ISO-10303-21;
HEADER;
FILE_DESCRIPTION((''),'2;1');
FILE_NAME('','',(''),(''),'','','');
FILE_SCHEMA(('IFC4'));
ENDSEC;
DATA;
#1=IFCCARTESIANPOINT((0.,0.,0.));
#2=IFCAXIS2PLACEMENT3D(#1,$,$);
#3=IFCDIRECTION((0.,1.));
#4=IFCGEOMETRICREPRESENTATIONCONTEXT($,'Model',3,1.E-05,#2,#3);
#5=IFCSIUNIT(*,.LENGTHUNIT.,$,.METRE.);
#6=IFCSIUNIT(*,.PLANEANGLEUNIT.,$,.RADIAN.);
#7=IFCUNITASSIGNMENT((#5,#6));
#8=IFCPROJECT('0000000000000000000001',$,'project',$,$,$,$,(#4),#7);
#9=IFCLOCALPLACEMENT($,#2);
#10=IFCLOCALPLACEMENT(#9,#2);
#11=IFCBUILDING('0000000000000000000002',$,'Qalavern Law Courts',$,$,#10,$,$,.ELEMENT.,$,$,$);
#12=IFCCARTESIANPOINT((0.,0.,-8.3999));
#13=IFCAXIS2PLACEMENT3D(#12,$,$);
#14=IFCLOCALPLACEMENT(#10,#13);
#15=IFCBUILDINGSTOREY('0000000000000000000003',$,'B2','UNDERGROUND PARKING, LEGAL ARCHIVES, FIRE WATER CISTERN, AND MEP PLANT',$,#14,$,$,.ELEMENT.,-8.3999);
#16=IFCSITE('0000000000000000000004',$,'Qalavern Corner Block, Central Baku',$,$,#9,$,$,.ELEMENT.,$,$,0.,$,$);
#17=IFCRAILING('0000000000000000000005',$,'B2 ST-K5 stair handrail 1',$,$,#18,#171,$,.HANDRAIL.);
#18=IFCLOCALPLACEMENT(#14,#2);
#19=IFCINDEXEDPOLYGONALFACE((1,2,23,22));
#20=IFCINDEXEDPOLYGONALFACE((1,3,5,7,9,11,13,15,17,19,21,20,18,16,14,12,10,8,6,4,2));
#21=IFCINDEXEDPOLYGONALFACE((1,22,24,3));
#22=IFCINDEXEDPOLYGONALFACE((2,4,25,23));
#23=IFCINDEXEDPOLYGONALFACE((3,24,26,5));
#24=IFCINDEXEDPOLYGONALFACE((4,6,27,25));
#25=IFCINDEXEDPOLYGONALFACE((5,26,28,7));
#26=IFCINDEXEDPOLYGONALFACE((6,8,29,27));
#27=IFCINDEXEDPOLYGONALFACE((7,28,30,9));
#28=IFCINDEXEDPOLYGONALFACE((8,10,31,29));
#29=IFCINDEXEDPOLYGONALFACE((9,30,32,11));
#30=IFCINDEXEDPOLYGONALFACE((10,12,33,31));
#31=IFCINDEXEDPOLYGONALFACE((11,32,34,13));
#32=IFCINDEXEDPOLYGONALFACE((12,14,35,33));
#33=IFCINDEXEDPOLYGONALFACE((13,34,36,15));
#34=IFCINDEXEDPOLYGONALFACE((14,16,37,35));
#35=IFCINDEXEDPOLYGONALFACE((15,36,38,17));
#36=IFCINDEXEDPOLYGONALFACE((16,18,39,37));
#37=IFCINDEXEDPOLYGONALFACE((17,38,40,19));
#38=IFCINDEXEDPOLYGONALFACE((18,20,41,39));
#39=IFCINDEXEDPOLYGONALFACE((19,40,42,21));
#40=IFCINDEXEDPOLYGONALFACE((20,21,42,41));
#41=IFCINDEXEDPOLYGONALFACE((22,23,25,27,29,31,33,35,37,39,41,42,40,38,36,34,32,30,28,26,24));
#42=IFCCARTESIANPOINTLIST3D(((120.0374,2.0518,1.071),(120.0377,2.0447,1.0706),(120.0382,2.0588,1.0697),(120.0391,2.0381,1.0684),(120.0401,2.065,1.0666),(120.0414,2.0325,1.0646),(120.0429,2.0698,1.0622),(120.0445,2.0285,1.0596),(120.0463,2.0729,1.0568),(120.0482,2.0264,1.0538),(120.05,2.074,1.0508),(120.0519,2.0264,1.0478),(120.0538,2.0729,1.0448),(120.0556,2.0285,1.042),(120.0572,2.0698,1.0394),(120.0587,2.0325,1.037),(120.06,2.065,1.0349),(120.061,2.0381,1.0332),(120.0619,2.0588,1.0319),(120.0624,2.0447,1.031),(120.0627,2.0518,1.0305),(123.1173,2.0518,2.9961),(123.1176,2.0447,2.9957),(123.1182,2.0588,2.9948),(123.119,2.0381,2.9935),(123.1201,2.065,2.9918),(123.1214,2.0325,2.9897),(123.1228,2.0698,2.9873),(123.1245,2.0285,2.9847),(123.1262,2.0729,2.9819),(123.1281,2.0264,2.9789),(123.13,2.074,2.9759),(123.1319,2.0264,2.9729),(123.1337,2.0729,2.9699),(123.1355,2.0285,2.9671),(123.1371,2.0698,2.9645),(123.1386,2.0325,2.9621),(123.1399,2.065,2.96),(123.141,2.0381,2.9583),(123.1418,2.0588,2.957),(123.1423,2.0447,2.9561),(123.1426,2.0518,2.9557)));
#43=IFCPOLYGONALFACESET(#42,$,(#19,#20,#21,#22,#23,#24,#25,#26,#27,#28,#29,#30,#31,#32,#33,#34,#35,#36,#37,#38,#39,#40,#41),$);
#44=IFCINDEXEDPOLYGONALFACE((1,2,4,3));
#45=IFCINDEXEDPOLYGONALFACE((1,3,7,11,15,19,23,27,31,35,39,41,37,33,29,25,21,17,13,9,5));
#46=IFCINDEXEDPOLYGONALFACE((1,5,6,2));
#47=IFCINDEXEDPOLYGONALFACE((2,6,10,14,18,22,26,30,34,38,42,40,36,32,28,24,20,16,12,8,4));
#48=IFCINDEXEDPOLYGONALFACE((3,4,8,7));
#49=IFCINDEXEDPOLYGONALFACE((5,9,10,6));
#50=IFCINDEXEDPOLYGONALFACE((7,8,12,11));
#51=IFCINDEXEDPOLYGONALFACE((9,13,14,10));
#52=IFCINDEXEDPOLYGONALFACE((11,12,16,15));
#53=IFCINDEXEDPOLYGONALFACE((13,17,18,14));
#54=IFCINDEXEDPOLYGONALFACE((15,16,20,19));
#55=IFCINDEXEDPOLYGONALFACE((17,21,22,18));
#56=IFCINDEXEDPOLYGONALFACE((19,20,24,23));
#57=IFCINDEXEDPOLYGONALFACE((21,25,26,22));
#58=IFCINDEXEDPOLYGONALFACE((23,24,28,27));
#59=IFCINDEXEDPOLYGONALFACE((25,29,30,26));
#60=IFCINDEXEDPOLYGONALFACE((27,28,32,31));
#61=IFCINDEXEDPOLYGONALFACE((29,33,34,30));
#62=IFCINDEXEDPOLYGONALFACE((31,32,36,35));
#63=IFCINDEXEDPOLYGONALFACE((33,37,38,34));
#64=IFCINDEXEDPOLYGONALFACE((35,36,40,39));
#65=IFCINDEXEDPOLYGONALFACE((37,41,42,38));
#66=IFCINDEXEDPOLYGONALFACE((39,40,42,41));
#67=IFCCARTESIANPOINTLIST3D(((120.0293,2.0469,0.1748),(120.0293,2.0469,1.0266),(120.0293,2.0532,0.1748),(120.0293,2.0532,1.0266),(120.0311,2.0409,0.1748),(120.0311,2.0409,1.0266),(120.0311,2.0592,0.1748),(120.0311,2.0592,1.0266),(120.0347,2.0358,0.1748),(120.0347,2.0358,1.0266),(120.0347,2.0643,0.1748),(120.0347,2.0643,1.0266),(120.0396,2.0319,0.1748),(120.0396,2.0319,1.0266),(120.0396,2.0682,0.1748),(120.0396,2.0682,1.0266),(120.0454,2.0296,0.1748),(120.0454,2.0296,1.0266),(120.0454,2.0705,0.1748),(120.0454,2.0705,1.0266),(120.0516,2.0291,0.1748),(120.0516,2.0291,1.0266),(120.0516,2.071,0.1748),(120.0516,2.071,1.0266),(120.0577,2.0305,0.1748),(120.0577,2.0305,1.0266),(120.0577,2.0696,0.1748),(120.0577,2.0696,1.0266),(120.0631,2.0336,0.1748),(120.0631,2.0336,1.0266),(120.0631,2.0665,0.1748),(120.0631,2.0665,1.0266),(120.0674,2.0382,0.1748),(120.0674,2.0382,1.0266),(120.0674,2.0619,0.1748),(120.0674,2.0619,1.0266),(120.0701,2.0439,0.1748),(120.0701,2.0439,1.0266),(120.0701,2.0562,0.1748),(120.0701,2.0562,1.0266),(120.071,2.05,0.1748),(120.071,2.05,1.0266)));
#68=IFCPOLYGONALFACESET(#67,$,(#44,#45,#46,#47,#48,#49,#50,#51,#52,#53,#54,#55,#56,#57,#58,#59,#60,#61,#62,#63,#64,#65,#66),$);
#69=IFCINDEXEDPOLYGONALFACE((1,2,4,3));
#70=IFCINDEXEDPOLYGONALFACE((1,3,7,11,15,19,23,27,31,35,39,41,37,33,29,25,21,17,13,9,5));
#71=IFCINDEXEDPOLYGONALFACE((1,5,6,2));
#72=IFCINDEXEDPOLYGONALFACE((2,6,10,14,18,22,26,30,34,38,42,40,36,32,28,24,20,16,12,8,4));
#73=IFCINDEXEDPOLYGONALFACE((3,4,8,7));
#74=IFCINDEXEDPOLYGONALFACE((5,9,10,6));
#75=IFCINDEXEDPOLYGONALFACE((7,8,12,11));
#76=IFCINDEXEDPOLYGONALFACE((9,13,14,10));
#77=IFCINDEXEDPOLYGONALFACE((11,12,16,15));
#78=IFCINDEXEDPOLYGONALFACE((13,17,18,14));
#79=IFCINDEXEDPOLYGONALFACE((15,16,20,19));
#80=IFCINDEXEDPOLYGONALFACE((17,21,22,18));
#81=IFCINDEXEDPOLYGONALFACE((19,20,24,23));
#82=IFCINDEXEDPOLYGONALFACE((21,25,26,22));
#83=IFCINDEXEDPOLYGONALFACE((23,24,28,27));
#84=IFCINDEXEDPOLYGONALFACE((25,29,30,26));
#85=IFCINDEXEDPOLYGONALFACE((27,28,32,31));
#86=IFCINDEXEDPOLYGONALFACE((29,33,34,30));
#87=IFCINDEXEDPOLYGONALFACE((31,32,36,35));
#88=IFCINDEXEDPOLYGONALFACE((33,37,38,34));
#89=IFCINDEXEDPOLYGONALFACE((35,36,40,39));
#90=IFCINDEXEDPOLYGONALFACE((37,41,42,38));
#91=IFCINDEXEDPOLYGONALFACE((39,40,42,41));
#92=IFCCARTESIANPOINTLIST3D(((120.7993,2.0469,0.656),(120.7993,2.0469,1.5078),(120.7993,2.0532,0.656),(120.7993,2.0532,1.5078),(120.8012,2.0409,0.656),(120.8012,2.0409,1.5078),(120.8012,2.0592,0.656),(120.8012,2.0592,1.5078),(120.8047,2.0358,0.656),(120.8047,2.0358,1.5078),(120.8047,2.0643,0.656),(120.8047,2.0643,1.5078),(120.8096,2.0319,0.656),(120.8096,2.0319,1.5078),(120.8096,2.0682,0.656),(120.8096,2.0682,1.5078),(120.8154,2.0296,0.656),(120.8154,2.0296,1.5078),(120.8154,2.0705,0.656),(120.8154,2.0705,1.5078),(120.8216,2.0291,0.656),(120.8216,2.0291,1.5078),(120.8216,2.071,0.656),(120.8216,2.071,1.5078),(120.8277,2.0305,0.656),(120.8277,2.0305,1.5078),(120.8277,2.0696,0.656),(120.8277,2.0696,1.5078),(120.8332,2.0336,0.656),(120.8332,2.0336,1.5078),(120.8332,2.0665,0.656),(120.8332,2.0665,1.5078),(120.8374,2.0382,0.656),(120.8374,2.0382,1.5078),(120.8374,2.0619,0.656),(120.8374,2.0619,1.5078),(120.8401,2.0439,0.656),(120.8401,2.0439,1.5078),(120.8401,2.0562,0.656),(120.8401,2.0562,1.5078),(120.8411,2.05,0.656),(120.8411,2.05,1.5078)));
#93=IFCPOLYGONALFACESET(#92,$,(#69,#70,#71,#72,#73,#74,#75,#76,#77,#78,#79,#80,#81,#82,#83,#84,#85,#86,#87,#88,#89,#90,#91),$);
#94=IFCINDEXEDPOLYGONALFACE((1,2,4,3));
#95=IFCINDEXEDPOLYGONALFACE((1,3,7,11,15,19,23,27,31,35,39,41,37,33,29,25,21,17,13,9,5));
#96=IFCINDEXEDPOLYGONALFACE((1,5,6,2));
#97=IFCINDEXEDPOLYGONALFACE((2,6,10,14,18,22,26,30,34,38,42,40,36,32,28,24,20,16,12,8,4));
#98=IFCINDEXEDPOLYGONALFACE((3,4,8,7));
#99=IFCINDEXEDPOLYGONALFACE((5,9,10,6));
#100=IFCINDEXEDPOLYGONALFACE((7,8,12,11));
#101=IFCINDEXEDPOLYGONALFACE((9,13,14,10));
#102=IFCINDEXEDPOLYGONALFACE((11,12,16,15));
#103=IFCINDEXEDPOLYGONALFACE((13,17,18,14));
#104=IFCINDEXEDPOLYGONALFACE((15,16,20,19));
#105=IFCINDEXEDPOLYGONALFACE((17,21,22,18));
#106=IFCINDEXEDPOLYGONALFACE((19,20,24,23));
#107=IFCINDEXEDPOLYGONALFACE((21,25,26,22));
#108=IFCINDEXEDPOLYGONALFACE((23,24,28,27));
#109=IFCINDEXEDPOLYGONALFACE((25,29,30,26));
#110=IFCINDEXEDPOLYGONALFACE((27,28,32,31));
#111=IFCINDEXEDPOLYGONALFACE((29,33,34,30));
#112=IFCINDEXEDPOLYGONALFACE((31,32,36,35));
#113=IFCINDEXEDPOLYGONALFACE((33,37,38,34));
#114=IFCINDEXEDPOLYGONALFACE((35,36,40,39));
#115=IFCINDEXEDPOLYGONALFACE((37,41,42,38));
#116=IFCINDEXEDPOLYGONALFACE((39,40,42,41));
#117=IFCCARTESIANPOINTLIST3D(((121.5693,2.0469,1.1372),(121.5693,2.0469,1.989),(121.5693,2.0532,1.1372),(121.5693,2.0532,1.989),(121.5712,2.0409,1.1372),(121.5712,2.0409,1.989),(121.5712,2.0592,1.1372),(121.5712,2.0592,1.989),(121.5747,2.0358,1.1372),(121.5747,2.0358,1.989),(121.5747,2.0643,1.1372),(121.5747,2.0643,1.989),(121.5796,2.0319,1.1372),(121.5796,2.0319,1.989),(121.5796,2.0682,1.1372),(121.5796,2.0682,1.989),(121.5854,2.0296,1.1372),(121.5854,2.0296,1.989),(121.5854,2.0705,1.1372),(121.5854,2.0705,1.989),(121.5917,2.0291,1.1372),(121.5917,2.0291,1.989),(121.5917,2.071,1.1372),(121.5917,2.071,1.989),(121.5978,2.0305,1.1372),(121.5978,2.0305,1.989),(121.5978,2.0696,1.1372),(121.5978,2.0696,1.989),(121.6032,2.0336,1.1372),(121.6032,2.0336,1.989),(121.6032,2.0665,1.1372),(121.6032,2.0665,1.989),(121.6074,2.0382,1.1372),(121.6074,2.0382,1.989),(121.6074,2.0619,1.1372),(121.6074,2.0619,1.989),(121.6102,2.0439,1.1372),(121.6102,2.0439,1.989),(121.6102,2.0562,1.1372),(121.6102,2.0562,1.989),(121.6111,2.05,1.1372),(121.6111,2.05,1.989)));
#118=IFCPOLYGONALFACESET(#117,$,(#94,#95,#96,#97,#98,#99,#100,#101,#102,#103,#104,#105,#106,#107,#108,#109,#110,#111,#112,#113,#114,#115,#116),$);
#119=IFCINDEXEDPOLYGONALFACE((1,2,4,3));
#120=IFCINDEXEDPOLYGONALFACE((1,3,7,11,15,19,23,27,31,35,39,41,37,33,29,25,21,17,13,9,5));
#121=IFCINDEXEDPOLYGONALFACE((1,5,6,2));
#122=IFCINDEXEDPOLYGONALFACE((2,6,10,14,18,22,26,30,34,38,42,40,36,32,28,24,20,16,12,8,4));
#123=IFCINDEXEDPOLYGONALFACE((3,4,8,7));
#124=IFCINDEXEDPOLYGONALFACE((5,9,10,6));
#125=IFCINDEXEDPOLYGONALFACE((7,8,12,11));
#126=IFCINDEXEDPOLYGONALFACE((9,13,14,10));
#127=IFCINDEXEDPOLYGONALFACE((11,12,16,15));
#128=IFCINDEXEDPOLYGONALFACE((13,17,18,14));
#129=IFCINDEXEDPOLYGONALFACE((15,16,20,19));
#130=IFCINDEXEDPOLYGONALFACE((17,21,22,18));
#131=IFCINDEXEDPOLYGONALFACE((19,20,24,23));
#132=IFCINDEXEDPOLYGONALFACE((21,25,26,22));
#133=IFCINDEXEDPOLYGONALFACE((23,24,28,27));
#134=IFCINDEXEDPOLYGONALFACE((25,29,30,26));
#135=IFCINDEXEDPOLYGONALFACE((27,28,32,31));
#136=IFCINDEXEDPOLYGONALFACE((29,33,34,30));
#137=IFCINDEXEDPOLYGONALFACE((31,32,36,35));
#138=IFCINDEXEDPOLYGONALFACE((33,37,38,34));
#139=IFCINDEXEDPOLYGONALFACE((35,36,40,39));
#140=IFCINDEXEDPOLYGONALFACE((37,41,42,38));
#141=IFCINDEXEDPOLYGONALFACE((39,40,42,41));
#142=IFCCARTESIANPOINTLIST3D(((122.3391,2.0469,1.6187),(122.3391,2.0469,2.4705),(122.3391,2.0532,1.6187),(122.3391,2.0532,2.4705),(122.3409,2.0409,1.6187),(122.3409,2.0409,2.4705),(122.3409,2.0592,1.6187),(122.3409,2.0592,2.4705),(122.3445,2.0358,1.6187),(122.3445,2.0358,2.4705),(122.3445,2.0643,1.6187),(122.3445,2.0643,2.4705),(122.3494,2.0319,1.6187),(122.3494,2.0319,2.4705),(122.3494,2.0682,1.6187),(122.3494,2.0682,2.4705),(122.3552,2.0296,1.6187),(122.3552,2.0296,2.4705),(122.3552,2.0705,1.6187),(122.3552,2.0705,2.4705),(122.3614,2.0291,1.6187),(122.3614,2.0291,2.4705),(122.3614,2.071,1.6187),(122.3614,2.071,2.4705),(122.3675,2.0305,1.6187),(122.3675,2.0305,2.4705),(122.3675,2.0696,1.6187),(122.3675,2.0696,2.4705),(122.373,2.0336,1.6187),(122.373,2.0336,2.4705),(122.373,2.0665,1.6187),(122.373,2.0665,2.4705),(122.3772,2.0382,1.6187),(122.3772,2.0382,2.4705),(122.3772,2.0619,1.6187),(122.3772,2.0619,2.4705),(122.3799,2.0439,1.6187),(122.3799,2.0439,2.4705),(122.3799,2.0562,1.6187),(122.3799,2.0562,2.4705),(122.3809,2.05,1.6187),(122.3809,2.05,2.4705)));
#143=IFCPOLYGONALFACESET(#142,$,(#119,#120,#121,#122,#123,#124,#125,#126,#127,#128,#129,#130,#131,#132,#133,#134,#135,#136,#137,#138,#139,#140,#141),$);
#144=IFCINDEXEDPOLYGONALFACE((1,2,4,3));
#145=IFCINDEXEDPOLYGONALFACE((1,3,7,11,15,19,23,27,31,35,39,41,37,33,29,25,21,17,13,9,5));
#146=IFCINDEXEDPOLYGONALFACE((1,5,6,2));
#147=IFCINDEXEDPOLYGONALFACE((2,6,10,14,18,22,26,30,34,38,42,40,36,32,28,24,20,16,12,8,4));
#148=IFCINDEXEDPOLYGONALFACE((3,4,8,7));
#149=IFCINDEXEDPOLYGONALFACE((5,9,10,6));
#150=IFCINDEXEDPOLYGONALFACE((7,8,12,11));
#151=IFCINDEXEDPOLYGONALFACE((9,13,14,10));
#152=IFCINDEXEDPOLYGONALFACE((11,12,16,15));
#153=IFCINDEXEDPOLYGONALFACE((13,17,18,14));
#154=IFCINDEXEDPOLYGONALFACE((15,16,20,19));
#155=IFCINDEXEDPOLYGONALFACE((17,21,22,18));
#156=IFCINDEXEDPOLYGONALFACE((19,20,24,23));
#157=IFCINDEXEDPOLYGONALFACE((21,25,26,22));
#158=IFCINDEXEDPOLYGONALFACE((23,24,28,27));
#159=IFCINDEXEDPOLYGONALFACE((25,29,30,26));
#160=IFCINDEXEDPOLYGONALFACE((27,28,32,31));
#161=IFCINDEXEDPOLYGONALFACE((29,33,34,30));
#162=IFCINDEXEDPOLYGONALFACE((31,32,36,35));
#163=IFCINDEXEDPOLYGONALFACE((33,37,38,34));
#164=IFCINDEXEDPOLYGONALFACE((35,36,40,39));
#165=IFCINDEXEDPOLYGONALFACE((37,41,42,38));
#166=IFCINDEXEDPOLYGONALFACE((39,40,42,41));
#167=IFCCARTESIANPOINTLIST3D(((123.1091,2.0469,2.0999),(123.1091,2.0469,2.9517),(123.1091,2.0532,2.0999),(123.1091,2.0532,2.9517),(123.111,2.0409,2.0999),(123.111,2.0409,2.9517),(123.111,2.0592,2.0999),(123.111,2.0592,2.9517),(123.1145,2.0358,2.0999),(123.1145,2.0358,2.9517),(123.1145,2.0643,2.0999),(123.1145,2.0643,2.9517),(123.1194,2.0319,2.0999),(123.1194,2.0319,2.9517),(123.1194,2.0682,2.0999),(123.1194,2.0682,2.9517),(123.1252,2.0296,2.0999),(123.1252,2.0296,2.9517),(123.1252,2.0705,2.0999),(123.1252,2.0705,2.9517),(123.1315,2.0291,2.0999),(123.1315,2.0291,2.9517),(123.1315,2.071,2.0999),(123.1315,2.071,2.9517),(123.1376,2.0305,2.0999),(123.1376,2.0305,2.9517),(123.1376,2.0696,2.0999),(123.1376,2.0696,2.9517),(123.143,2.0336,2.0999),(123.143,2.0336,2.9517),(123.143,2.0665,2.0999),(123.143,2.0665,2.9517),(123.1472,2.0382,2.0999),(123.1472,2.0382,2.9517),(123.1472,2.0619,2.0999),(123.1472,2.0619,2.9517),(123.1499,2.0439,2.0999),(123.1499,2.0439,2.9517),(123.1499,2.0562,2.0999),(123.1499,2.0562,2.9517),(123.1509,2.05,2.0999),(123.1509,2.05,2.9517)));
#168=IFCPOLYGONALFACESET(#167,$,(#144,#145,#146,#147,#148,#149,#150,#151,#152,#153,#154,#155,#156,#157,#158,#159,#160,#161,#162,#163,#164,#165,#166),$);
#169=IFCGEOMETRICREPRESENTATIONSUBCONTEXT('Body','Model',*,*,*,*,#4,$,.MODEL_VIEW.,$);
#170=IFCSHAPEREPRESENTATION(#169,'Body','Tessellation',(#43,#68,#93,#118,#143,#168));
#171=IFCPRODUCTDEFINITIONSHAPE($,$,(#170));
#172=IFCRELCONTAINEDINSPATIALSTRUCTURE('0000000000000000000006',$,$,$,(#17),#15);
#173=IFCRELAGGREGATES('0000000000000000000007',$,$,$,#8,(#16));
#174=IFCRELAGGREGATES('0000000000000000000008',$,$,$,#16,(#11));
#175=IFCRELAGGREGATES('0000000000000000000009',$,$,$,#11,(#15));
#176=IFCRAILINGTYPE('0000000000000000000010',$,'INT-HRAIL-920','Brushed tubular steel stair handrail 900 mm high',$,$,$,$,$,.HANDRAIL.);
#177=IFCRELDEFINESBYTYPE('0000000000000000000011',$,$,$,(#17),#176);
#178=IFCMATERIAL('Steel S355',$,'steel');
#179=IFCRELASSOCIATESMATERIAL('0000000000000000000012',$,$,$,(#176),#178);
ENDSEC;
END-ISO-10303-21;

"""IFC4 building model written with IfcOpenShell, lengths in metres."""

from ifc_helpers import new_model, si_unit, direction, frame, origin, origin_2d, place, context, subcontext, project, spatial, circle, extrude, material, type_object, element, save


model = new_model("IFC4")

# Units and contexts
model_context = context("Model", 3, precision=1e-05, world=origin(), true_north=direction((0.0, 1.0)))
body_context = subcontext(model_context, "Body", "Model", "MODEL_VIEW")
ifc_project = project(units=[si_unit("LENGTHUNIT", "METRE"), si_unit("PLANEANGLEUNIT", "RADIAN")], contexts=[model_context])

# Site, building, storey
site_placement = place(None, origin())
site = spatial("IfcSite", under=ifc_project, at=site_placement, Name="Qalavern Corner Block, Central Baku", CompositionType="ELEMENT", RefElevation=0.0)
building_placement = place(site_placement, origin())
building = spatial("IfcBuilding", under=site, at=building_placement, Name="Qalavern Law Courts", CompositionType="ELEMENT")
storey_placement = place(building_placement, frame((0.0, 0.0, -8.3999)))
storey = spatial("IfcBuildingStorey", under=building, at=storey_placement, Name="B2", Description="UNDERGROUND PARKING, LEGAL ARCHIVES, FIRE WATER CISTERN, AND MEP PLANT", CompositionType="ELEMENT", Elevation=-8.3999)

# Railing
ifc_material_1 = material(Name="Steel S355", Category="steel")
railing_type_1 = type_object("IfcRailingType", Name="INT-HRAIL-920", Description="Brushed tubular steel stair handrail 900 mm high", PredefinedType="HANDRAIL", material=ifc_material_1)
railing_1_placement = place(storey_placement, frame((120.05, 2.05, 0.1748)))
element("IfcRailing", 1, at=railing_1_placement, inside=storey, type_object=railing_type_1, Name="B2 ST-K5 stair handrail 1", PredefinedType="HANDRAIL", context=body_context, shape_type="SweptSolid", body=[
    extrude(circle(Radius=0.0239, at=origin_2d()), frame((0.0, 0.0, 0.876), z_axis=(0.847979, 0.0, 0.530029), x_axis=(0.0, 1.0, 0.0)), (0.0, 0.0, 1.0), 3.6321),
    extrude(circle(Radius=0.021, at=origin_2d()), origin(), (0.0, 0.0, 1.0), 0.8518),
    extrude(circle(Radius=0.021, at=origin_2d()), frame((0.77, 0.0, 0.4812)), (0.0, 0.0, 1.0), 0.8518),
    extrude(circle(Radius=0.021, at=origin_2d()), frame((1.54, 0.0, 0.9624)), (0.0, 0.0, 1.0), 0.8518),
    extrude(circle(Radius=0.021, at=origin_2d()), frame((2.3098, 0.0, 1.4438)), (0.0, 0.0, 1.0), 0.8518),
    extrude(circle(Radius=0.021, at=origin_2d()), frame((3.0798, 0.0, 1.925)), (0.0, 0.0, 1.0), 0.8518),
])

save(model, "model.ifc")
